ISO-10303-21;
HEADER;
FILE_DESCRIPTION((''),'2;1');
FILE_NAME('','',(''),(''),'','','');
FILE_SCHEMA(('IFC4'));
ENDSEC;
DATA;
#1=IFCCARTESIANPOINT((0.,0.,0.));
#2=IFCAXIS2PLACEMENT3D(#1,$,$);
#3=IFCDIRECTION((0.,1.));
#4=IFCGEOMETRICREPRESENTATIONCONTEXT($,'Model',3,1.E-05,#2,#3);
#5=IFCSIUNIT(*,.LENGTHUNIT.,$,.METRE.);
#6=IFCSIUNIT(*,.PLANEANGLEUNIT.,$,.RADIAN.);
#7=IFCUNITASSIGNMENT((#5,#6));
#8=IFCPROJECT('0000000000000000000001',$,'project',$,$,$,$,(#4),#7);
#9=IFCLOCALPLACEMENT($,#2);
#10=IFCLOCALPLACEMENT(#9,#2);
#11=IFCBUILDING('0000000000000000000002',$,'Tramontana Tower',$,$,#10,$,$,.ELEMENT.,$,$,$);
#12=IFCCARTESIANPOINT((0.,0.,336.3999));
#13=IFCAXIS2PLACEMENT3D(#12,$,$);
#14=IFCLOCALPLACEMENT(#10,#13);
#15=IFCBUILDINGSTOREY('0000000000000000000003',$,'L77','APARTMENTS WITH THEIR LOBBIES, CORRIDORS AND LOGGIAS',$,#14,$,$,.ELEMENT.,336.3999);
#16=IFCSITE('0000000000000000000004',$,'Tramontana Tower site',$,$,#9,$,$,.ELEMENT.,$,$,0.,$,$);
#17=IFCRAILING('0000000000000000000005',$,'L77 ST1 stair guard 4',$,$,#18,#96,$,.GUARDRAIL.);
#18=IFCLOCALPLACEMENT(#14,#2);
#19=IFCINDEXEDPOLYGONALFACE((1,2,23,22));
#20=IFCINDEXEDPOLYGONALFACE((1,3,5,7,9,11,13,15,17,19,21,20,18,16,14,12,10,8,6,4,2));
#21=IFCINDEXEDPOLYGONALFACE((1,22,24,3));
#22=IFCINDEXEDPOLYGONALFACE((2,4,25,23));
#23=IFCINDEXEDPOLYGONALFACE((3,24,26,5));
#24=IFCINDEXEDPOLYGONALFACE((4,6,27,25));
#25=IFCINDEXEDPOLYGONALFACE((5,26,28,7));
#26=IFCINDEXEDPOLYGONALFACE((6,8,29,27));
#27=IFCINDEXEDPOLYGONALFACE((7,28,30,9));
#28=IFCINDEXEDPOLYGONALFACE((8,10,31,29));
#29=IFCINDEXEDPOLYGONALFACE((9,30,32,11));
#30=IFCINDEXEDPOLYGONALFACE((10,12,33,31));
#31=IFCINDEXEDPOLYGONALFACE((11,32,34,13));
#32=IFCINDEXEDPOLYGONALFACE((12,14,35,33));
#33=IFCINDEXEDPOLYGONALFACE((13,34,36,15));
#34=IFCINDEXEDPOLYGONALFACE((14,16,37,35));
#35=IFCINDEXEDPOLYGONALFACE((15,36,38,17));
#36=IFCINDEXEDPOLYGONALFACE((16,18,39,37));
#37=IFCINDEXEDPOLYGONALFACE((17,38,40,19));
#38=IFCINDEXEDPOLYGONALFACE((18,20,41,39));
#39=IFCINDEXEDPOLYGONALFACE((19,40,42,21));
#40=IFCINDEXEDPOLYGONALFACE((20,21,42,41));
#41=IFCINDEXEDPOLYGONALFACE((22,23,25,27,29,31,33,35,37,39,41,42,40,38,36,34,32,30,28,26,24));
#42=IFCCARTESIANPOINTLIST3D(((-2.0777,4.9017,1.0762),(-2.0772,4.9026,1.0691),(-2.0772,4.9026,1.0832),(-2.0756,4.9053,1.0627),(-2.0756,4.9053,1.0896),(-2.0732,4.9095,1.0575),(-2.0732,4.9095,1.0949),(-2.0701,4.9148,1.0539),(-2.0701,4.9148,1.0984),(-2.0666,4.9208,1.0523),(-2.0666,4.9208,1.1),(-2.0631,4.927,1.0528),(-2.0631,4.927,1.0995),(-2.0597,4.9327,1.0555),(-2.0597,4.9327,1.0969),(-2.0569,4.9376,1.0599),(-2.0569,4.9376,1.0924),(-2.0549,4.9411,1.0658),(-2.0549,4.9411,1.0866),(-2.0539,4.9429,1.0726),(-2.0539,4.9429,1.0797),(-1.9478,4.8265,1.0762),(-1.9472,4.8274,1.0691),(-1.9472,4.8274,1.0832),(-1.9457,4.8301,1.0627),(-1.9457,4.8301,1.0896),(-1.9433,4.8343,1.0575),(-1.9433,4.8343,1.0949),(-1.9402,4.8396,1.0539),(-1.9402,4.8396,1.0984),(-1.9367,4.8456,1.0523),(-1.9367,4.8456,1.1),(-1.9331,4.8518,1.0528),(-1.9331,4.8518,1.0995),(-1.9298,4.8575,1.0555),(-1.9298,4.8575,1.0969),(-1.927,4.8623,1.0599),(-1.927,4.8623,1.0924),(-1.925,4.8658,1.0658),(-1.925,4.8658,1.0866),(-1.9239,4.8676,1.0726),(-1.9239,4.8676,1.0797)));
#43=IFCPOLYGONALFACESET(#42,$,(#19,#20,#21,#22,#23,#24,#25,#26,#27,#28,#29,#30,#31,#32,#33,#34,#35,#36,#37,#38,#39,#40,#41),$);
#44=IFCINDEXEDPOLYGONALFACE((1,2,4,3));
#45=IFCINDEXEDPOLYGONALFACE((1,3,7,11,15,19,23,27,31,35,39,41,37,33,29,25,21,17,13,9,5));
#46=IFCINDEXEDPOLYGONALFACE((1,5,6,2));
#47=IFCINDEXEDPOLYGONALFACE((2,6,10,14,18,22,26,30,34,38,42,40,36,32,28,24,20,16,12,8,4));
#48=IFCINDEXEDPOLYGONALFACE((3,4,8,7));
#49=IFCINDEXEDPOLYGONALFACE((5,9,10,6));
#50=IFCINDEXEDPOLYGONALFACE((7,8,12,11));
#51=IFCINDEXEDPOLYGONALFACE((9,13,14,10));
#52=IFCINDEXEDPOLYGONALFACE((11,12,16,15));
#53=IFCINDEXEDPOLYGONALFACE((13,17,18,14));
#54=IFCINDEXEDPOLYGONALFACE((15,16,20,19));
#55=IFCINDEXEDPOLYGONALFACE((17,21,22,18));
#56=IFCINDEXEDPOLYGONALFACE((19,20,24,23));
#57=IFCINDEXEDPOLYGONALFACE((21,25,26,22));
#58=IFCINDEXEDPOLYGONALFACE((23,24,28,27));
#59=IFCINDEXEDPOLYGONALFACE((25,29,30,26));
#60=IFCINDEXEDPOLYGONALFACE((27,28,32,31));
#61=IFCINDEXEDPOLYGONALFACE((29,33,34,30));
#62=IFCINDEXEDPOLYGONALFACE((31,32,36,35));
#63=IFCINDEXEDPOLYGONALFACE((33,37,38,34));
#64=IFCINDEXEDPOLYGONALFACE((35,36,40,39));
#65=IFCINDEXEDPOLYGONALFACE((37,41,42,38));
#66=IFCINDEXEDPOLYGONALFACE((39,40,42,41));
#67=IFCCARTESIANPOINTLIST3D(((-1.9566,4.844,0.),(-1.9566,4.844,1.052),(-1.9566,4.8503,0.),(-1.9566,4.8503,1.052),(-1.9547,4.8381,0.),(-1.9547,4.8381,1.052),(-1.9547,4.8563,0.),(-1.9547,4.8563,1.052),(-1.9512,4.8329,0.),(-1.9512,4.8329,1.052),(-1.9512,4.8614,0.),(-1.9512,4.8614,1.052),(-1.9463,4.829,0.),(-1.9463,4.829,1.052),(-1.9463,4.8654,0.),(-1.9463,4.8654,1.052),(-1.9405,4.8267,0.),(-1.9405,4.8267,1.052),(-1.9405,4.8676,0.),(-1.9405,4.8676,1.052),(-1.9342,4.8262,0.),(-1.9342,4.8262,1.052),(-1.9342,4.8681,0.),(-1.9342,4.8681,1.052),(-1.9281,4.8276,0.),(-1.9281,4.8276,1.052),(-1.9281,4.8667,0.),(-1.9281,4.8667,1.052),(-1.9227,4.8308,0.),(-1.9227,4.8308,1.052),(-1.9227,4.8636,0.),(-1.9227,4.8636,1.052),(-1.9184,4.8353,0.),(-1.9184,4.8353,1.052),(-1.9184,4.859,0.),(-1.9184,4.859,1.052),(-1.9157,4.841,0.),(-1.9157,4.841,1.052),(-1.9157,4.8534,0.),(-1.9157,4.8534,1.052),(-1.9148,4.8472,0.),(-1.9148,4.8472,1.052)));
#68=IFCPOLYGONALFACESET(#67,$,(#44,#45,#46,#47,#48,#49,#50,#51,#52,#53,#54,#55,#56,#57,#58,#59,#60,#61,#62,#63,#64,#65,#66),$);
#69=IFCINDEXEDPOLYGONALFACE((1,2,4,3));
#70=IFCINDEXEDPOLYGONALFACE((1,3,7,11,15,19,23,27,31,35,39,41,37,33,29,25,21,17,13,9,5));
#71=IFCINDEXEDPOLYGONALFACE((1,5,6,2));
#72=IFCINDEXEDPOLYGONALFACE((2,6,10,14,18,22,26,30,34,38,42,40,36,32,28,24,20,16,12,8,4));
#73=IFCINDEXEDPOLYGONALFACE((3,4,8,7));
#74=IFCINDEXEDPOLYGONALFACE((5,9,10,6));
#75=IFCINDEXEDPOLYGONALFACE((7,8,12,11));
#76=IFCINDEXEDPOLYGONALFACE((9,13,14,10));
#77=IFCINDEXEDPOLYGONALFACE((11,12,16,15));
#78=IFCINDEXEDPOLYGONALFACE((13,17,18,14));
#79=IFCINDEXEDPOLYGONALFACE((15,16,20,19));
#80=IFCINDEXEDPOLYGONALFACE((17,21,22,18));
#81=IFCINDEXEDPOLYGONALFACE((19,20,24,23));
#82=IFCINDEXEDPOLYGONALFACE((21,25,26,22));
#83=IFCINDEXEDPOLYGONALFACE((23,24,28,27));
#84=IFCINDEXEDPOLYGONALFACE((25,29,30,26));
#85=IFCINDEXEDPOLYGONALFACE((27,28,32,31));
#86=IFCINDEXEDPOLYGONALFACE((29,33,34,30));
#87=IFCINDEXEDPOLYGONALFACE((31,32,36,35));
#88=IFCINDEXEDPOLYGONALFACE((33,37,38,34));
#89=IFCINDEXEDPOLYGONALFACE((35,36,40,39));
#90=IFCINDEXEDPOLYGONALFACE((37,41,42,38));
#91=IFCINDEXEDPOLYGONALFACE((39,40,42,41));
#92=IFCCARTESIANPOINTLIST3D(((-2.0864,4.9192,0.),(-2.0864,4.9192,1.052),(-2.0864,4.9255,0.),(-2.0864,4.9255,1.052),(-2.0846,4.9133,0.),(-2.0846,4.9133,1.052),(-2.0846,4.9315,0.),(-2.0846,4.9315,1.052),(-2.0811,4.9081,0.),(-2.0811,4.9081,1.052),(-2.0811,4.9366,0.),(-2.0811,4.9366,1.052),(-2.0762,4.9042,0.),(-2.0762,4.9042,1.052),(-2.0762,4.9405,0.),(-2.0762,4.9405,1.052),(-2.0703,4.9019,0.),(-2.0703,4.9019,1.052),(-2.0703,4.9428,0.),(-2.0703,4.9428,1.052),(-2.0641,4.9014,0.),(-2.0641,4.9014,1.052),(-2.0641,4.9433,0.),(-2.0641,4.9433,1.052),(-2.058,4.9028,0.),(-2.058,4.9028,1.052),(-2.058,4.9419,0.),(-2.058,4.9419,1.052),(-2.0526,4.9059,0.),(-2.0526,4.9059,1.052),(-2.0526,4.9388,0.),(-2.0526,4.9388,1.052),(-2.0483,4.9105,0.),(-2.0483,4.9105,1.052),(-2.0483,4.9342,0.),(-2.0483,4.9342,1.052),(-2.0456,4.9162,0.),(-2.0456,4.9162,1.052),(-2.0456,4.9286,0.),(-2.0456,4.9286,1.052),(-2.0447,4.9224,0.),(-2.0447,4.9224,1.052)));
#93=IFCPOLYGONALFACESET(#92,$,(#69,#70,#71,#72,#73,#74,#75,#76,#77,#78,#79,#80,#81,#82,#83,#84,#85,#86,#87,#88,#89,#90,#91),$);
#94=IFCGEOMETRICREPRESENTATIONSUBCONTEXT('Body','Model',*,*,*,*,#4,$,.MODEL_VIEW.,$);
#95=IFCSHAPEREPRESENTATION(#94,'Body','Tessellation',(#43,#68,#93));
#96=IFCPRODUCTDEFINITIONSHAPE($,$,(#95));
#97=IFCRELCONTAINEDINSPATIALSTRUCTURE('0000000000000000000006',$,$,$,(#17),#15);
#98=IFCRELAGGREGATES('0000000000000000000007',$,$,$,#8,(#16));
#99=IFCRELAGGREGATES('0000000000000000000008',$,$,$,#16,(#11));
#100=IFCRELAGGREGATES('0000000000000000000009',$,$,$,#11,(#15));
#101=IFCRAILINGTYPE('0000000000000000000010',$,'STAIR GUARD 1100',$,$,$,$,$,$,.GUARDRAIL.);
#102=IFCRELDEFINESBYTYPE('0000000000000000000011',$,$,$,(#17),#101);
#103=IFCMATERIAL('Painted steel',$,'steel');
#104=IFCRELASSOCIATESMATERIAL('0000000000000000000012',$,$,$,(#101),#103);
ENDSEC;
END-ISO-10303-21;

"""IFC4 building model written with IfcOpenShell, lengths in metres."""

from ifc_helpers import new_model, si_unit, direction, frame, origin, origin_2d, place, context, subcontext, project, spatial, circle, extrude, material, type_object, element, save


model = new_model("IFC4")

# Units and contexts
model_context = context("Model", 3, precision=1e-05, world=origin(), true_north=direction((0.0, 1.0)))
body_context = subcontext(model_context, "Body", "Model", "MODEL_VIEW")
ifc_project = project(units=[si_unit("LENGTHUNIT", "METRE"), si_unit("PLANEANGLEUNIT", "RADIAN")], contexts=[model_context])

# Site, building, storey
site_placement = place(None, origin())
site = spatial("IfcSite", under=ifc_project, at=site_placement, Name="Tramontana Tower site", CompositionType="ELEMENT", RefElevation=0.0)
building_placement = place(site_placement, origin())
building = spatial("IfcBuilding", under=site, at=building_placement, Name="Tramontana Tower", CompositionType="ELEMENT")
storey_placement = place(building_placement, frame((0.0, 0.0, 336.3999)))
storey = spatial("IfcBuildingStorey", under=building, at=storey_placement, Name="L77", Description="APARTMENTS WITH THEIR LOBBIES, CORRIDORS AND LOGGIAS", CompositionType="ELEMENT", Elevation=336.3999)

# Railing
ifc_material_1 = material(Name="Painted steel", Category="steel")
railing_type_1 = type_object("IfcRailingType", Name="STAIR GUARD 1100", PredefinedType="GUARDRAIL", material=ifc_material_1)
railing_1_placement = place(storey_placement, frame((-1.9358, 4.8472, 0.0)))
element("IfcRailing", 1, at=railing_1_placement, inside=storey, type_object=railing_type_1, Name="L77 ST1 stair guard 4", PredefinedType="GUARDRAIL", context=body_context, shape_type="SweptSolid", body=[
    extrude(circle(Radius=0.0239, at=origin_2d()), frame((0.0, 0.0, 1.0762), z_axis=(-0.865426, 0.501036, 0.0), x_axis=(-0.501036, -0.865426, 0.0)), (0.0, 0.0, 1.0), 0.1501),
    extrude(circle(Radius=0.021, at=origin_2d()), origin(), (0.0, 0.0, 1.0), 1.052),
    extrude(circle(Radius=0.021, at=origin_2d()), frame((-0.1299, 0.0752, 0.0)), (0.0, 0.0, 1.0), 1.052),
])

save(model, "model.ifc")
